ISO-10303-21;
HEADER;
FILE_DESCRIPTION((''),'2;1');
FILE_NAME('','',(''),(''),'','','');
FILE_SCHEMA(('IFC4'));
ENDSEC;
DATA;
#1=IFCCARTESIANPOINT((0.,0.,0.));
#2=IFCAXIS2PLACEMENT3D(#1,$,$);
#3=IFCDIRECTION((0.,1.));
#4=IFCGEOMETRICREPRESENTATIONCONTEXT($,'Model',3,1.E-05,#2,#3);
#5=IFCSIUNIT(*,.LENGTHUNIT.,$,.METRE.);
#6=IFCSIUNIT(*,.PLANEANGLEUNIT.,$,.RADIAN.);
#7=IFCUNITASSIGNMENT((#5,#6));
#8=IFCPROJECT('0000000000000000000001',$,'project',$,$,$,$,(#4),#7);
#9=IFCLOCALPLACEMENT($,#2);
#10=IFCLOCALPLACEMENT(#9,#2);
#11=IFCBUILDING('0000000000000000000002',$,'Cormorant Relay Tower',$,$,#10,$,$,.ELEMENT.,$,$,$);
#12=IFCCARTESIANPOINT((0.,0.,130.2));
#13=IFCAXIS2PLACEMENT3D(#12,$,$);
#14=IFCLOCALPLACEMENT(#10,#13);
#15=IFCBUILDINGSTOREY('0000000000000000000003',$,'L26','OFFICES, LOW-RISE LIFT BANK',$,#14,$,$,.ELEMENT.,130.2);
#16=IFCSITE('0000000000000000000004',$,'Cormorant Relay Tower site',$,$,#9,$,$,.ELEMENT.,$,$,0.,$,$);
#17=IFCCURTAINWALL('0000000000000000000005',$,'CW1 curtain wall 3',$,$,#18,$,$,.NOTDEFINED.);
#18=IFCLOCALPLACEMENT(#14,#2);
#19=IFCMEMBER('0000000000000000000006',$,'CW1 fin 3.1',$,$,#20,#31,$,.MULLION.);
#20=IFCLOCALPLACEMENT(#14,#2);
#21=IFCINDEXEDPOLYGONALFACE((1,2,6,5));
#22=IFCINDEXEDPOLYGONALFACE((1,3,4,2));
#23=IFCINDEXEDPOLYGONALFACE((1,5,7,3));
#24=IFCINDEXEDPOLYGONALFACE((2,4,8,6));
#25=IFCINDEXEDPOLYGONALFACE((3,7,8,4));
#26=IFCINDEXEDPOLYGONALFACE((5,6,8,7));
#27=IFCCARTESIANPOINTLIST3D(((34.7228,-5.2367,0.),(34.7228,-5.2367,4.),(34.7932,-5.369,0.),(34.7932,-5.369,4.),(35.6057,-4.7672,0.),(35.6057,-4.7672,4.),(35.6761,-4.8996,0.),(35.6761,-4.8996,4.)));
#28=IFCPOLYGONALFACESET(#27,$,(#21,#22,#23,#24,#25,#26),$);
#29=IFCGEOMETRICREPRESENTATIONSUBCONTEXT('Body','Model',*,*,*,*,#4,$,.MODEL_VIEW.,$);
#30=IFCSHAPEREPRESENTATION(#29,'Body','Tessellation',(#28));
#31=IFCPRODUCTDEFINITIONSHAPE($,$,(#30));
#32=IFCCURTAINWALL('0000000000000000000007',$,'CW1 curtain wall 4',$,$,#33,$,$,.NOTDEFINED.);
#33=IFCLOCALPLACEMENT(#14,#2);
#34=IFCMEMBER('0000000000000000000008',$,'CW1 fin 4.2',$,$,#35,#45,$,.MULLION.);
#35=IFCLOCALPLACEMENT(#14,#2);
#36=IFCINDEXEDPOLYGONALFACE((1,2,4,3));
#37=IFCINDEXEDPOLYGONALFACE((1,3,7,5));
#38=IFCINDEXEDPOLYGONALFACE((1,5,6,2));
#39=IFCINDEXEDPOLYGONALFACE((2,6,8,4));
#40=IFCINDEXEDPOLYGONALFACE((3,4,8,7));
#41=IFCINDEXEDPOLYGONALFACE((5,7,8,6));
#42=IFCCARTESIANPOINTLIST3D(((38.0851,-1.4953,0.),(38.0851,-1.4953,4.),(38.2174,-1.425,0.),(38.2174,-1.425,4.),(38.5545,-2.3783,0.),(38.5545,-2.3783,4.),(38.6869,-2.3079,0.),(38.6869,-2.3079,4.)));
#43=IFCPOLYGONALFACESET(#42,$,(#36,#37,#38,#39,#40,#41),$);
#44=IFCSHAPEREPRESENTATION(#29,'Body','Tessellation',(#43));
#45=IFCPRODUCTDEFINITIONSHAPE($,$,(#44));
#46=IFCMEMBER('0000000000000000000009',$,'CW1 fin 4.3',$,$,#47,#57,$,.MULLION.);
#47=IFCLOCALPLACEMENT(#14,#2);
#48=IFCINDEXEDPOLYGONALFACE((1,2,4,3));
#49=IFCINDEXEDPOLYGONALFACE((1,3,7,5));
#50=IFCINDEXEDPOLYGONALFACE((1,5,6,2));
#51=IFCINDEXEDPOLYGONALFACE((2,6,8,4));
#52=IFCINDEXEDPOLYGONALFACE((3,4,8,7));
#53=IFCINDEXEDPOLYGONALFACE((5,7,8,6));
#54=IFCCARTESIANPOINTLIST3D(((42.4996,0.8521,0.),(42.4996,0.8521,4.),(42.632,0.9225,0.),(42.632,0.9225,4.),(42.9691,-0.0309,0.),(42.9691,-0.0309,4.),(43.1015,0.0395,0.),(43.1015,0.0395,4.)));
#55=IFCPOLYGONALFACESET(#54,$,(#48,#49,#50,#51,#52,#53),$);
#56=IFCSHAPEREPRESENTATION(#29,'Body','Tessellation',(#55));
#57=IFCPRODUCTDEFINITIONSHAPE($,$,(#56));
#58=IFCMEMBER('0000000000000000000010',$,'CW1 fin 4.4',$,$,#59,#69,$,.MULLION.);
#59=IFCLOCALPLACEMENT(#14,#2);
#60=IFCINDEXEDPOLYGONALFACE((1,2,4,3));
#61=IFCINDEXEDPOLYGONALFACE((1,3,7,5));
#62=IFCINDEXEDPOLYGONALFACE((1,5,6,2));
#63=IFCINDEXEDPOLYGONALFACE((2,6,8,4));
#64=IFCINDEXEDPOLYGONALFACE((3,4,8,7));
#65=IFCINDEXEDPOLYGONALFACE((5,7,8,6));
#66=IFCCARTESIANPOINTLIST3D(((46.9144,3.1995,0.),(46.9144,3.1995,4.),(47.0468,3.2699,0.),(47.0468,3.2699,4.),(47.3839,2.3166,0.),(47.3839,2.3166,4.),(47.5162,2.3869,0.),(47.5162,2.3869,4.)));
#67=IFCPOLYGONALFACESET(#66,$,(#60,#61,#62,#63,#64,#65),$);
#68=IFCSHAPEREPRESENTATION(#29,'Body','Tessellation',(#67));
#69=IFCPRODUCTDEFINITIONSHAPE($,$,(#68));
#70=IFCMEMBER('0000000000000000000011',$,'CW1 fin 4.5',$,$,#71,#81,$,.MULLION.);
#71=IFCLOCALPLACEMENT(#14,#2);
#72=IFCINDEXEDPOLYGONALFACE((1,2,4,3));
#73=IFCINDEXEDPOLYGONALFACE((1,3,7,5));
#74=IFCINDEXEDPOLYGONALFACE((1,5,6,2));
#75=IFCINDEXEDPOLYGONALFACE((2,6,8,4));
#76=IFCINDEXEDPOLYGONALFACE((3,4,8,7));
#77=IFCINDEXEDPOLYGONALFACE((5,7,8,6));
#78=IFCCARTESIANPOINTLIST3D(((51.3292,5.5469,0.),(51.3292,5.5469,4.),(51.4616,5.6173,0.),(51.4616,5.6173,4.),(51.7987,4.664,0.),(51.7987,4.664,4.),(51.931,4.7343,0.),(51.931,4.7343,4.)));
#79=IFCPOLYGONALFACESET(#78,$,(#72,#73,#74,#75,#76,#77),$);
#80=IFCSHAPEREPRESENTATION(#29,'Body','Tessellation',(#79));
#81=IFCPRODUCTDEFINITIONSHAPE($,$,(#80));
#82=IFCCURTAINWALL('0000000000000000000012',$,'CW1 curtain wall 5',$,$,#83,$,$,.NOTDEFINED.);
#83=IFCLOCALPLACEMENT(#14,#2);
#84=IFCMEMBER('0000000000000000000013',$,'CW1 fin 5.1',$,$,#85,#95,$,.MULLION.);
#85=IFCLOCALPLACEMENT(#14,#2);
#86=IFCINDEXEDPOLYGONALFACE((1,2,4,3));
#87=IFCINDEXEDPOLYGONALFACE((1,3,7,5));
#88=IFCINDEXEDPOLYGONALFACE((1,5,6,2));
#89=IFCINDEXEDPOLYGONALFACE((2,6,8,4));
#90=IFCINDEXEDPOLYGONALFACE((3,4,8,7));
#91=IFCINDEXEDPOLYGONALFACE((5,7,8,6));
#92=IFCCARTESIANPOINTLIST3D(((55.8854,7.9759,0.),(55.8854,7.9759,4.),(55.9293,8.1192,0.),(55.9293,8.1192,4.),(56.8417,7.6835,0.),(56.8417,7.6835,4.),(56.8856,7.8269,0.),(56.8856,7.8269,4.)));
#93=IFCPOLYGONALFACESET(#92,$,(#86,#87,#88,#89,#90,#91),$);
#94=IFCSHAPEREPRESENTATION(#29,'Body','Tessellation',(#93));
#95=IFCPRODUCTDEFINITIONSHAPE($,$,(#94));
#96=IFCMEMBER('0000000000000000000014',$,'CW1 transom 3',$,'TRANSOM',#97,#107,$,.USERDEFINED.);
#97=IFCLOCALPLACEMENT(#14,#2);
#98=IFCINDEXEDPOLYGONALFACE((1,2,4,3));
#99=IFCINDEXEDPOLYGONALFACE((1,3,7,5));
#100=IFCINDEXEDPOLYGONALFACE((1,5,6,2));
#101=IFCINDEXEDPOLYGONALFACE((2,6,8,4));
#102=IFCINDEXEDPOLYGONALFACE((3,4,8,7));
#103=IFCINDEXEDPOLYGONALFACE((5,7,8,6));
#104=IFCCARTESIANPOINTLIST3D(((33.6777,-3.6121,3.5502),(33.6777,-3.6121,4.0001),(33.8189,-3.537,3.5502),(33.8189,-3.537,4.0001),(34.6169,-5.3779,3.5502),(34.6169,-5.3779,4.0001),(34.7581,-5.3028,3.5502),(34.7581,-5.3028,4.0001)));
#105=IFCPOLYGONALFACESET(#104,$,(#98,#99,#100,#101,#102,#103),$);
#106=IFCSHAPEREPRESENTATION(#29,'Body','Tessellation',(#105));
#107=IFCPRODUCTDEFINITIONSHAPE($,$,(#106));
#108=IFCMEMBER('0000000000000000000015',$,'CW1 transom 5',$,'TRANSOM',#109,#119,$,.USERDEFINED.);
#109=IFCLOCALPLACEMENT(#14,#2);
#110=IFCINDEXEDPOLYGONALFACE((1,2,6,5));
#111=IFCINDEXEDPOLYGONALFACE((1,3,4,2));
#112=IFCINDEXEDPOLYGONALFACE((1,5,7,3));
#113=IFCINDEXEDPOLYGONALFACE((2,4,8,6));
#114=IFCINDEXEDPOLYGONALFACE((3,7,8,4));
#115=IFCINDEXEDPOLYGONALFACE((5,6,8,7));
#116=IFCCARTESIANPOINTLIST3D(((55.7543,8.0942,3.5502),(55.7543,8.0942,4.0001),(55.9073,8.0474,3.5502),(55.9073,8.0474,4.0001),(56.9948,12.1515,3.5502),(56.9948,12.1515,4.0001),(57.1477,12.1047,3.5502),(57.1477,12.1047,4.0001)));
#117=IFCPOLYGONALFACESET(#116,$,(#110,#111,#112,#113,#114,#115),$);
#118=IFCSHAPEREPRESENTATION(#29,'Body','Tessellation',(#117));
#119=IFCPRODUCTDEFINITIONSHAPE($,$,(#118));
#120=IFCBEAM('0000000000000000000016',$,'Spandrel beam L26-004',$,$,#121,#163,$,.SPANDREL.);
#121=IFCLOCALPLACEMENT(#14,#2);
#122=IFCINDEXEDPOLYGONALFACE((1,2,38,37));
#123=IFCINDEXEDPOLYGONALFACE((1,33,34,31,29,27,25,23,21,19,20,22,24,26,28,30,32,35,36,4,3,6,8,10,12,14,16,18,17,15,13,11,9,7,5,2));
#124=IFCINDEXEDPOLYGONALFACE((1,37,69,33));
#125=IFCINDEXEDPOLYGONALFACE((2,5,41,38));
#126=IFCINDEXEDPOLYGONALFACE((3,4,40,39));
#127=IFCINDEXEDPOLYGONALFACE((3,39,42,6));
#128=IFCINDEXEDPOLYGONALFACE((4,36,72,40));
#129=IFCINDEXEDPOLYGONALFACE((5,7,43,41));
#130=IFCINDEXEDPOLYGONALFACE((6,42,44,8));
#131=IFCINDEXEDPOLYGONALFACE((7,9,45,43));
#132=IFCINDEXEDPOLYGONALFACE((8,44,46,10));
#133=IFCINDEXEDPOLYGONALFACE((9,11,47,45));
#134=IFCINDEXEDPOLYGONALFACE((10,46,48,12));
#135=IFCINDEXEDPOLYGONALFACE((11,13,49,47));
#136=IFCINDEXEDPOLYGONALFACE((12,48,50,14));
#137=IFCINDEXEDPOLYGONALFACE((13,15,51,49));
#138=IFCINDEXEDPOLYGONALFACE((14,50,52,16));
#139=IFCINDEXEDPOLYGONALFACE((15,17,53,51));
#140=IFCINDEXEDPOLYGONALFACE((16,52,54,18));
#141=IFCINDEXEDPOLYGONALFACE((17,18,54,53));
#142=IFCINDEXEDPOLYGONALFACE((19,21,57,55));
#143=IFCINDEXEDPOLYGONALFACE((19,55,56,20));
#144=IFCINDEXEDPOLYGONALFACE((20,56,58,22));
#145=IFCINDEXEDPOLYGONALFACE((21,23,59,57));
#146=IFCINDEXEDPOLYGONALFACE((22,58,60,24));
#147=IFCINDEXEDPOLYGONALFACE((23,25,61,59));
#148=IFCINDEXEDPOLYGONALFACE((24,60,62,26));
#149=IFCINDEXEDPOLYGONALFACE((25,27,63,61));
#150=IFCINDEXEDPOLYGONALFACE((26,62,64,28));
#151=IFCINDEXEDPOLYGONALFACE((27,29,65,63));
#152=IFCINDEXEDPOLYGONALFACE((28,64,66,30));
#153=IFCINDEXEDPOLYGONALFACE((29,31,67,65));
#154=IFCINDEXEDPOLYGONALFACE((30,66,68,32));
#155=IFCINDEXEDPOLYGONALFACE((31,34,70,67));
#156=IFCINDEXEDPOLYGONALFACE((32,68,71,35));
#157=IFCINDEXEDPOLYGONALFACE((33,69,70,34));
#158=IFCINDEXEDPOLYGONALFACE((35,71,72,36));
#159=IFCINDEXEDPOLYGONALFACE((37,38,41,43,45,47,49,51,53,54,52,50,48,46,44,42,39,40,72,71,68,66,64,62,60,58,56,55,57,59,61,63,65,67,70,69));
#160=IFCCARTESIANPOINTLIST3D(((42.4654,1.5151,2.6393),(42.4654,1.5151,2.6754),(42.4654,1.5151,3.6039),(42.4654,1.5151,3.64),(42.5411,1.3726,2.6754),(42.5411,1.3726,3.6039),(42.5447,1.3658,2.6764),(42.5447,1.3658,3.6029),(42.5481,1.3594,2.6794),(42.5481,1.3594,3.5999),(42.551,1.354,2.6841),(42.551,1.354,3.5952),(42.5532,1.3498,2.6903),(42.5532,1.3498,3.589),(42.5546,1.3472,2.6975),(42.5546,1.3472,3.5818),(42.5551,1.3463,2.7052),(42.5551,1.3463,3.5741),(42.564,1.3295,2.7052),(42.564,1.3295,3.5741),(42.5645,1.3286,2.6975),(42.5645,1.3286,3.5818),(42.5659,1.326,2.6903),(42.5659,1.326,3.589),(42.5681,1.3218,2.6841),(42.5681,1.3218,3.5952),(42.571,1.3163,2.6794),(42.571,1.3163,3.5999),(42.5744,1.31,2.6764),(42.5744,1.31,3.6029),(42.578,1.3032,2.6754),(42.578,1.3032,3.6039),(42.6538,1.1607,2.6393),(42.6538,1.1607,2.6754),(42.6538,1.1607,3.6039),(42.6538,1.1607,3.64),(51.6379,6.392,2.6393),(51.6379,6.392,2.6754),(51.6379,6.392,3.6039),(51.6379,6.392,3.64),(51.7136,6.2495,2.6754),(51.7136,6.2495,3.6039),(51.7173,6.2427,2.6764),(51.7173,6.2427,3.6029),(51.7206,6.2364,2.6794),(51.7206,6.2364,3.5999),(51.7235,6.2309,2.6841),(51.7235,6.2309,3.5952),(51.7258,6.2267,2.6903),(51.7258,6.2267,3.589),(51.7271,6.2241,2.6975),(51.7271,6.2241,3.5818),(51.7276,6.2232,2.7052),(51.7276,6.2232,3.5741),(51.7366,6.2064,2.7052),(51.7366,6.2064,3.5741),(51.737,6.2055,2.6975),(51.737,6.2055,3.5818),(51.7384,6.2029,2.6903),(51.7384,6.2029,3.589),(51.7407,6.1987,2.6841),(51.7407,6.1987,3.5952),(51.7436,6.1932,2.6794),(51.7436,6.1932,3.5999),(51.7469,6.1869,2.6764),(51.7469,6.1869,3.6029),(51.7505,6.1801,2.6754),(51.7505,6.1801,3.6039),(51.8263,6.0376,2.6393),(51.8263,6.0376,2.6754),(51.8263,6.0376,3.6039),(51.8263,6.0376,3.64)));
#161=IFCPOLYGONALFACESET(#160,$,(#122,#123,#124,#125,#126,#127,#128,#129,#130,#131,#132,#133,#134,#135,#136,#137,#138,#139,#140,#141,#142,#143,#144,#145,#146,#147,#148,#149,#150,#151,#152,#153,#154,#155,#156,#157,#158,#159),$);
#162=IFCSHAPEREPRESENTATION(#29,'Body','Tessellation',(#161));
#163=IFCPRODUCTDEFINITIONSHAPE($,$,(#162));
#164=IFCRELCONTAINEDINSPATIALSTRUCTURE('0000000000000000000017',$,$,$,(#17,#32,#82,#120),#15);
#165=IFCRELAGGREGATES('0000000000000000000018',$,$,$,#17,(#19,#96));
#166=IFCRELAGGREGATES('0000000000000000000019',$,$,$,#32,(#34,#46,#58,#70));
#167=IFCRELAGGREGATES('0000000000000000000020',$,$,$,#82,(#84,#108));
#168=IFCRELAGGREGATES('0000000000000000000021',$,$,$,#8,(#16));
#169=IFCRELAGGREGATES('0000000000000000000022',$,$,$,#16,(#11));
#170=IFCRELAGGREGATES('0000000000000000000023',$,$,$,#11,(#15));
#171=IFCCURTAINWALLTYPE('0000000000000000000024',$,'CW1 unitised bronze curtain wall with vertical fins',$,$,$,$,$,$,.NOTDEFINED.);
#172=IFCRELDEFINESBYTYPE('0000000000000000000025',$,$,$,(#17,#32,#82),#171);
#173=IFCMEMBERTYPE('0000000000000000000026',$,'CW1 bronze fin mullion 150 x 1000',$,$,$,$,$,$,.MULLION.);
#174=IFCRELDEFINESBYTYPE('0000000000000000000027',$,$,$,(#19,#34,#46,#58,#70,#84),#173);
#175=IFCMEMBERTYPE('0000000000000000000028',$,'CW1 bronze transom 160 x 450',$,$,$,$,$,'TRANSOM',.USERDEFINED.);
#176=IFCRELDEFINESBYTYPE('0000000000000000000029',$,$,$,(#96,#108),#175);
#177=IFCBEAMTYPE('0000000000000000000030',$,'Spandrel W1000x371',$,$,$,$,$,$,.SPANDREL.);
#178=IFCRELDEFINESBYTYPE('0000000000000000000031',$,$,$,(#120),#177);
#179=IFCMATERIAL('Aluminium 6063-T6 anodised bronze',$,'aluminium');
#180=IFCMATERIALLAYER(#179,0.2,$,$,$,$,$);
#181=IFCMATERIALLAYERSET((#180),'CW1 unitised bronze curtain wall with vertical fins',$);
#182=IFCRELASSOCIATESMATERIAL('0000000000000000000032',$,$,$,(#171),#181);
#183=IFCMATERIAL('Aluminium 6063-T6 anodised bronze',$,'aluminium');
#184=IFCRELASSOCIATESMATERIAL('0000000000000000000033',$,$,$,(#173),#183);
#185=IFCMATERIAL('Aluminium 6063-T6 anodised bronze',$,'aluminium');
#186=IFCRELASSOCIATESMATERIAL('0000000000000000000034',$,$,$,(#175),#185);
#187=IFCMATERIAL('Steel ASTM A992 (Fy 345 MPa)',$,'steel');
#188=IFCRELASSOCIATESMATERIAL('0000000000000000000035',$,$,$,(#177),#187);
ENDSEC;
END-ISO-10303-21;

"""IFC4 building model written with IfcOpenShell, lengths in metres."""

from ifc_helpers import new_model, si_unit, direction, frame, origin, origin_2d, place, context, subcontext, project, spatial, rectangle, i_section, extrude, material, layer, layer_set, material_profile, profile_set, type_object, element, aggregate, save


model = new_model("IFC4")

# Units and contexts
model_context = context("Model", 3, precision=1e-05, world=origin(), true_north=direction((0.0, 1.0)))
body_context = subcontext(model_context, "Body", "Model", "MODEL_VIEW")
ifc_project = project(units=[si_unit("LENGTHUNIT", "METRE"), si_unit("PLANEANGLEUNIT", "RADIAN")], contexts=[model_context])

# Site, building, storey
site_placement = place(None, origin())
site = spatial("IfcSite", under=ifc_project, at=site_placement, Name="Cormorant Relay Tower site", CompositionType="ELEMENT", RefElevation=0.0)
building_placement = place(site_placement, origin())
building = spatial("IfcBuilding", under=site, at=building_placement, Name="Cormorant Relay Tower", CompositionType="ELEMENT")
storey_placement = place(building_placement, frame((0.0, 0.0, 130.2)))
storey = spatial("IfcBuildingStorey", under=building, at=storey_placement, Name="L26", Description="OFFICES, LOW-RISE LIFT BANK", CompositionType="ELEMENT", Elevation=130.2)

# Curtain wall, member
ifc_material_1 = material(Name="Aluminium 6063-T6 anodised bronze", Category="aluminium")
ifc_layer_1 = layer(ifc_material_1, 0.2)
ifc_layer_set_1 = layer_set([ifc_layer_1], Name="CW1 unitised bronze curtain wall with vertical fins")
curtain_wall_type = type_object("IfcCurtainWallType", Name="CW1 unitised bronze curtain wall with vertical fins", PredefinedType="NOTDEFINED", material=ifc_layer_set_1)
curtain_wall_1_placement = place(storey_placement, origin())
curtain_wall_1 = element("IfcCurtainWall", 1, at=curtain_wall_1_placement, inside=storey, type_object=curtain_wall_type, Name="CW1 curtain wall 3", PredefinedType="NOTDEFINED")
ifc_material_2 = material(Name="Aluminium 6063-T6 anodised bronze", Category="aluminium")
ifc_material_profile_1 = material_profile(ifc_material_2, rectangle(XDim=0.1499, YDim=1.0, at=origin_2d()), Name="AL 150x1000")
ifc_profile_set_1 = profile_set([ifc_material_profile_1], Name="Aluminium 6063-T6 anodised bronze")
member_type_1 = type_object("IfcMemberType", Name="CW1 bronze fin mullion 150 x 1000", PredefinedType="MULLION", material=ifc_profile_set_1)
member_1_placement = place(storey_placement, frame((35.1995, -5.0681, 0.0), z_axis=(0.0, 0.0, 1.0), x_axis=(-0.469472, 0.882948, 0.0)))
member_1 = element("IfcMember", 2, at=member_1_placement, type_object=member_type_1, Name="CW1 fin 3.1", PredefinedType="MULLION", context=body_context, shape_type="SweptSolid", body=[
    extrude(rectangle(XDim=0.1499, YDim=1.0, at=origin_2d()), origin(), (0.0, 0.0, 1.0), 4.0),
])

# Curtain wall, members
curtain_wall_2_placement = place(storey_placement, origin())
curtain_wall_2 = element("IfcCurtainWall", 3, at=curtain_wall_2_placement, inside=storey, type_object=curtain_wall_type, Name="CW1 curtain wall 4", PredefinedType="NOTDEFINED")
member_2_placement = place(storey_placement, frame((38.386, -1.9016, 0.0), z_axis=(0.0, 0.0, 1.0), x_axis=(0.882948, 0.469472, 0.0)))
member_2 = element("IfcMember", 4, at=member_2_placement, type_object=member_type_1, Name="CW1 fin 4.2", PredefinedType="MULLION", context=body_context, shape_type="SweptSolid", body=[
    extrude(rectangle(XDim=0.1499, YDim=1.0, at=origin_2d()), origin(), (0.0, 0.0, 1.0), 4.0),
])
member_3_placement = place(storey_placement, frame((42.8005, 0.4458, 0.0), z_axis=(0.0, 0.0, 1.0), x_axis=(0.882948, 0.469472, 0.0)))
member_3 = element("IfcMember", 5, at=member_3_placement, type_object=member_type_1, Name="CW1 fin 4.3", PredefinedType="MULLION", context=body_context, shape_type="SweptSolid", body=[
    extrude(rectangle(XDim=0.1499, YDim=1.0, at=origin_2d()), origin(), (0.0, 0.0, 1.0), 4.0),
])
member_4_placement = place(storey_placement, frame((47.2153, 2.7932, 0.0), z_axis=(0.0, 0.0, 1.0), x_axis=(0.882948, 0.469472, 0.0)))
member_4 = element("IfcMember", 6, at=member_4_placement, type_object=member_type_1, Name="CW1 fin 4.4", PredefinedType="MULLION", context=body_context, shape_type="SweptSolid", body=[
    extrude(rectangle(XDim=0.1499, YDim=1.0, at=origin_2d()), origin(), (0.0, 0.0, 1.0), 4.0),
])
member_5_placement = place(storey_placement, frame((51.6301, 5.1406, 0.0), z_axis=(0.0, 0.0, 1.0), x_axis=(0.882948, 0.469472, 0.0)))
member_5 = element("IfcMember", 7, at=member_5_placement, type_object=member_type_1, Name="CW1 fin 4.5", PredefinedType="MULLION", context=body_context, shape_type="SweptSolid", body=[
    extrude(rectangle(XDim=0.1499, YDim=1.0, at=origin_2d()), origin(), (0.0, 0.0, 1.0), 4.0),
])

# Curtain wall, member
curtain_wall_3_placement = place(storey_placement, origin())
curtain_wall_3 = element("IfcCurtainWall", 8, at=curtain_wall_3_placement, inside=storey, type_object=curtain_wall_type, Name="CW1 curtain wall 5", PredefinedType="NOTDEFINED")
member_6_placement = place(storey_placement, frame((56.3855, 7.9014, 0.0), z_axis=(0.0, 0.0, 1.0), x_axis=(0.292372, 0.956305, 0.0)))
member_6 = element("IfcMember", 9, at=member_6_placement, type_object=member_type_1, Name="CW1 fin 5.1", PredefinedType="MULLION", context=body_context, shape_type="SweptSolid", body=[
    extrude(rectangle(XDim=0.1499, YDim=1.0, at=origin_2d()), origin(), (0.0, 0.0, 1.0), 4.0),
])

# Members
ifc_material_3 = material(Name="Aluminium 6063-T6 anodised bronze", Category="aluminium")
ifc_material_profile_2 = material_profile(ifc_material_3, rectangle(XDim=0.1599, YDim=0.45, at=origin_2d()), Name="AL 160x450")
ifc_profile_set_2 = profile_set([ifc_material_profile_2], Name="Aluminium 6063-T6 anodised bronze")
member_type_2 = type_object("IfcMemberType", Name="CW1 bronze transom 160 x 450", ElementType="TRANSOM", PredefinedType="USERDEFINED", material=ifc_profile_set_2)
member_7_placement = place(storey_placement, frame((34.6875, -5.3403, 3.7751), z_axis=(-0.469581, 0.88289, 0.0), x_axis=(-0.88289, -0.469581, 0.0)))
member_7 = element("IfcMember", 10, at=member_7_placement, type_object=member_type_2, Name="CW1 transom 3", ObjectType="TRANSOM", PredefinedType="USERDEFINED", context=body_context, shape_type="SweptSolid", body=[
    extrude(rectangle(XDim=0.1599, YDim=0.45, at=origin_2d()), origin(), (0.0, 0.0, 1.0), 2.0),
])
aggregate(curtain_wall_1, [member_1, member_7])
member_8_placement = place(storey_placement, frame((55.8308, 8.0708, 3.7751), z_axis=(0.292375, 0.956304, 0.0), x_axis=(-0.956304, 0.292375, 0.0)))
member_8 = element("IfcMember", 11, at=member_8_placement, type_object=member_type_2, Name="CW1 transom 5", ObjectType="TRANSOM", PredefinedType="USERDEFINED", context=body_context, shape_type="SweptSolid", body=[
    extrude(rectangle(XDim=0.1599, YDim=0.45, at=origin_2d()), origin(), (0.0, 0.0, 1.0), 4.2427),
])

# Beam
ifc_material_4 = material(Name="Steel ASTM A992 (Fy 345 MPa)", Category="steel")
ifc_material_profile_3 = material_profile(ifc_material_4, i_section(OverallWidth=0.4014, OverallDepth=1.0007, WebThickness=0.019, FlangeThickness=0.0361, FilletRadius=0.0298, at=origin_2d()), Name="W1000x371")
ifc_profile_set_3 = profile_set([ifc_material_profile_3], Name="Steel ASTM A992 (Fy 345 MPa)")
beam_type = type_object("IfcBeamType", Name="Spandrel W1000x371", PredefinedType="SPANDREL", material=ifc_profile_set_3)
beam_1_placement = place(storey_placement, frame((42.5596, 1.3379, 3.1396), z_axis=(0.882956, 0.469456, 0.0), x_axis=(-0.469456, 0.882956, 0.0)))
element("IfcBeam", 12, at=beam_1_placement, inside=storey, type_object=beam_type, Name="Spandrel beam L26-004", PredefinedType="SPANDREL", context=body_context, shape_type="SweptSolid", body=[
    extrude(i_section(OverallWidth=0.4014, OverallDepth=1.0007, WebThickness=0.019, FlangeThickness=0.0361, FilletRadius=0.0298, at=origin_2d()), origin(), (0.0, 0.0, 1.0), 10.3884),
])

aggregate(curtain_wall_2, [member_2, member_3, member_4, member_5])
aggregate(curtain_wall_3, [member_6, member_8])

save(model, "model.ifc")
